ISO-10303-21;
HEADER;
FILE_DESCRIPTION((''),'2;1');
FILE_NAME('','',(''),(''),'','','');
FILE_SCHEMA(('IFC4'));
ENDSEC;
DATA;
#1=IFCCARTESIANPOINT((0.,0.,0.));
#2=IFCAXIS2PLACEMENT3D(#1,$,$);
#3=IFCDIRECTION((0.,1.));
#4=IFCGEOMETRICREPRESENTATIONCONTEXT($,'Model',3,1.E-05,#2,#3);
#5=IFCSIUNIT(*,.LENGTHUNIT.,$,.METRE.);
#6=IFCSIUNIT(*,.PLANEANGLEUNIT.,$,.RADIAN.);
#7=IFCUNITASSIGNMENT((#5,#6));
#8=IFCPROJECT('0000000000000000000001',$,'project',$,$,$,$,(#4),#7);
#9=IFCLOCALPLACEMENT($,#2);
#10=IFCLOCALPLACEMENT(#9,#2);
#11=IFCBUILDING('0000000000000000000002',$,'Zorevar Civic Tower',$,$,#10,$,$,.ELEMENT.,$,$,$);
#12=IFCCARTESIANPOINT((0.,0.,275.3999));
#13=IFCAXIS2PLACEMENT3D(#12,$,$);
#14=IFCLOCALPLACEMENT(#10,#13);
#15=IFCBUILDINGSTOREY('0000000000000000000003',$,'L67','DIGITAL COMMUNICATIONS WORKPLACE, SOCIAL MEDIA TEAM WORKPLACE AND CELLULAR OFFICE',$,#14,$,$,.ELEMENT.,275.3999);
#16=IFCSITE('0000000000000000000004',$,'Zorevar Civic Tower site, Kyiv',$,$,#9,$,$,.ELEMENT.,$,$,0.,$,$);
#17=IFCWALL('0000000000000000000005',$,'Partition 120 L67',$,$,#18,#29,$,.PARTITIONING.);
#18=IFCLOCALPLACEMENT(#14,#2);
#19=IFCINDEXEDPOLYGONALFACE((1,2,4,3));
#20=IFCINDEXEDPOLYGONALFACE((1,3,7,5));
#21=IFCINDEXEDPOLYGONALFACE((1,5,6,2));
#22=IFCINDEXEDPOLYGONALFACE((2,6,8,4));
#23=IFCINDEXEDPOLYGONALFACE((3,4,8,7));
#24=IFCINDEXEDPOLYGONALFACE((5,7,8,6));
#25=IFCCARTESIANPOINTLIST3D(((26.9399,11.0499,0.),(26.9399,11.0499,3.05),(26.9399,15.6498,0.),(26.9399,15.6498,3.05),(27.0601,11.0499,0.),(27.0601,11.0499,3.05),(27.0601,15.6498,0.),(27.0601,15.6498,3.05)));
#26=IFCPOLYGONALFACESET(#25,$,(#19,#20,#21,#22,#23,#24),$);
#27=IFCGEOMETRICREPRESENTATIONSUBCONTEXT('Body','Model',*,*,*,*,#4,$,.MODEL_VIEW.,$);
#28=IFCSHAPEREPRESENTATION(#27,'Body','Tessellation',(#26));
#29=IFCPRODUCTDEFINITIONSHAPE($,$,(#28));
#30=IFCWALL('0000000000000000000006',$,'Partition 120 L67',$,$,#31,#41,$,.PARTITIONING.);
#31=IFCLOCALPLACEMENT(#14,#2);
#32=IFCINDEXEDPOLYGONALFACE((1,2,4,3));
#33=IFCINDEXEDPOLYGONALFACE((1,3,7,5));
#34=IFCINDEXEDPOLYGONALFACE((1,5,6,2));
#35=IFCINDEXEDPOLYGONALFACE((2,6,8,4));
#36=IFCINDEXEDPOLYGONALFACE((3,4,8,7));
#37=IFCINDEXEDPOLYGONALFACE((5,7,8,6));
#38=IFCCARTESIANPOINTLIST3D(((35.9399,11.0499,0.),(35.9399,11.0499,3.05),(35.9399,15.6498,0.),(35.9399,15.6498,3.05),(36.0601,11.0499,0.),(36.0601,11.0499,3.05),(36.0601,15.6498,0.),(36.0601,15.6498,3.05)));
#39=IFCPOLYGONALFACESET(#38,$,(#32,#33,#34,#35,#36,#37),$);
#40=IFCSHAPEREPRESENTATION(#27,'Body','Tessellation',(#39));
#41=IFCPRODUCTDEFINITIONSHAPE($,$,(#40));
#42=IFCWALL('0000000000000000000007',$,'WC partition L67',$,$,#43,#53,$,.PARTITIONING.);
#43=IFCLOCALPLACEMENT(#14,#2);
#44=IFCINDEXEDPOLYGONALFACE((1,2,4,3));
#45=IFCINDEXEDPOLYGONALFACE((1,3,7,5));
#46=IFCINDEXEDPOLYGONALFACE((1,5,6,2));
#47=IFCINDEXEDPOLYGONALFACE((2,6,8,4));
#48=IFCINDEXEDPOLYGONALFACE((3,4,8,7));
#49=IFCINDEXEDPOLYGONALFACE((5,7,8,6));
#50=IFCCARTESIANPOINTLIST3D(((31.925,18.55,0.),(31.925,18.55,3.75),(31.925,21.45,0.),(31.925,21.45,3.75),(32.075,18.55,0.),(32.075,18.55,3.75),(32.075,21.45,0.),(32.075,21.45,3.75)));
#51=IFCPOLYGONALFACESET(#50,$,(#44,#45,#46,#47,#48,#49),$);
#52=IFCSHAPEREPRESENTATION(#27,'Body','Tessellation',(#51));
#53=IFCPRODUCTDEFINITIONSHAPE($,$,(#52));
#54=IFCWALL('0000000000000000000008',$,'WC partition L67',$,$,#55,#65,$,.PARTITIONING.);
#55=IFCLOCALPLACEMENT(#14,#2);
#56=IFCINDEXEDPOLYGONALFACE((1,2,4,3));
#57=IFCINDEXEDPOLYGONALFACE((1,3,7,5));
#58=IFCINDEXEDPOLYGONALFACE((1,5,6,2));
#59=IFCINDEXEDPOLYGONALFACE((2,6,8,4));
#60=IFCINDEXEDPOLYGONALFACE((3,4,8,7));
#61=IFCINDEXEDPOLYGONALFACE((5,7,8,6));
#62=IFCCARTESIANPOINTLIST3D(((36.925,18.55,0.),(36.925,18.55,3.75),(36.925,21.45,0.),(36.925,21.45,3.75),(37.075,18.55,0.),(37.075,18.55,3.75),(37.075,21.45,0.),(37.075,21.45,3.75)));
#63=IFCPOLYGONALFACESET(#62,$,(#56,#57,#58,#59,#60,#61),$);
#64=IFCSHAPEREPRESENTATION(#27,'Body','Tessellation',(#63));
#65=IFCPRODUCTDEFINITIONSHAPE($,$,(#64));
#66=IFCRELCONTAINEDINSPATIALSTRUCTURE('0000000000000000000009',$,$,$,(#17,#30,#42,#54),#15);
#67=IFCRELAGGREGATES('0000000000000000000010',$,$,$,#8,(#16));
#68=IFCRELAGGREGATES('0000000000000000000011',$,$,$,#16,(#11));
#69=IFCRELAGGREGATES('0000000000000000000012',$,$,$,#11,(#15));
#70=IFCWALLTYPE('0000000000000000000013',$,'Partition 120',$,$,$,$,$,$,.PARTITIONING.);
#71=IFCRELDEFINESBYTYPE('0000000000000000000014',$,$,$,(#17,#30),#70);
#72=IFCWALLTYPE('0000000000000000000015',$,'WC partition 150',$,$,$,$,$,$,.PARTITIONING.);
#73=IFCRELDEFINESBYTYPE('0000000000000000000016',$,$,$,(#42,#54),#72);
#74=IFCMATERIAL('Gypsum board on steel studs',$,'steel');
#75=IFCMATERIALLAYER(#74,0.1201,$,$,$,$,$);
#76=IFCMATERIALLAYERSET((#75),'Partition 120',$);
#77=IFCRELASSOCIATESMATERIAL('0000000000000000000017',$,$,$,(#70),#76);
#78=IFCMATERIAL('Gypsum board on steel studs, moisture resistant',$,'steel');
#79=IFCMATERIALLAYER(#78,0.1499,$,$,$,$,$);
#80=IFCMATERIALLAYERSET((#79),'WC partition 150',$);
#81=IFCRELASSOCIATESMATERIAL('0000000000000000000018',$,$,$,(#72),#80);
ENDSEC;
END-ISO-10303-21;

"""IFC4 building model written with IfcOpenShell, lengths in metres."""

from ifc_helpers import new_model, si_unit, direction, frame, frame_2d, origin, place, context, subcontext, project, spatial, rectangle, extrude, material, layer, layer_set, type_object, element, save


model = new_model("IFC4")

# Units and contexts
model_context = context("Model", 3, precision=1e-05, world=origin(), true_north=direction((0.0, 1.0)))
body_context = subcontext(model_context, "Body", "Model", "MODEL_VIEW")
ifc_project = project(units=[si_unit("LENGTHUNIT", "METRE"), si_unit("PLANEANGLEUNIT", "RADIAN")], contexts=[model_context])

# Site, building, storey
site_placement = place(None, origin())
site = spatial("IfcSite", under=ifc_project, at=site_placement, Name="Zorevar Civic Tower site, Kyiv", CompositionType="ELEMENT", RefElevation=0.0)
building_placement = place(site_placement, origin())
building = spatial("IfcBuilding", under=site, at=building_placement, Name="Zorevar Civic Tower", CompositionType="ELEMENT")
storey_placement = place(building_placement, frame((0.0, 0.0, 275.3999)))
storey = spatial("IfcBuildingStorey", under=building, at=storey_placement, Name="L67", Description="DIGITAL COMMUNICATIONS WORKPLACE, SOCIAL MEDIA TEAM WORKPLACE AND CELLULAR OFFICE", CompositionType="ELEMENT", Elevation=275.3999)

# Shared definitions
ifc_material_1 = material(Name="Gypsum board on steel studs", Category="steel")
ifc_layer_1 = layer(ifc_material_1, 0.1201)
ifc_layer_set_1 = layer_set([ifc_layer_1], Name="Partition 120")
wall_type_1 = type_object("IfcWallType", Name="Partition 120", PredefinedType="PARTITIONING", material=ifc_layer_set_1)

# Walls
for number, where, z_axis, x_axis, name in (
    (1, (27.0, 11.05, 0.0), (0.0, 0.0, 1.0), (0.0, 1.0, 0.0), "Partition 120 L67"),
    (2, (36.0, 11.05, 0.0), (0.0, 0.0, 1.0), (0.0, 1.0, 0.0), "Partition 120 L67"),
):
    element("IfcWall", number, at=place(storey_placement, frame(where, z_axis=z_axis, x_axis=x_axis)), inside=storey, type_object=wall_type_1, Name=name, PredefinedType="PARTITIONING", context=body_context, shape_type="SweptSolid", body=[
        extrude(rectangle(XDim=4.5999, YDim=0.1201, at=frame_2d((2.2998, 0.0))), origin(), (0.0, 0.0, 1.0), 3.05),
    ])
ifc_material_2 = material(Name="Gypsum board on steel studs, moisture resistant", Category="steel")
ifc_layer_2 = layer(ifc_material_2, 0.1499)
ifc_layer_set_2 = layer_set([ifc_layer_2], Name="WC partition 150")
wall_type_2 = type_object("IfcWallType", Name="WC partition 150", PredefinedType="PARTITIONING", material=ifc_layer_set_2)
for number, where, z_axis, x_axis, name in (
    (3, (32.0, 18.55, 0.0), (0.0, 0.0, 1.0), (0.0, 1.0, 0.0), "WC partition L67"),
    (4, (37.0, 18.55, 0.0), (0.0, 0.0, 1.0), (0.0, 1.0, 0.0), "WC partition L67"),
):
    element("IfcWall", number, at=place(storey_placement, frame(where, z_axis=z_axis, x_axis=x_axis)), inside=storey, type_object=wall_type_2, Name=name, PredefinedType="PARTITIONING", context=body_context, shape_type="SweptSolid", body=[
        extrude(rectangle(XDim=2.8999, YDim=0.1499, at=frame_2d((1.45, 0.0))), origin(), (0.0, 0.0, 1.0), 3.75),
    ])

save(model, "model.ifc")
